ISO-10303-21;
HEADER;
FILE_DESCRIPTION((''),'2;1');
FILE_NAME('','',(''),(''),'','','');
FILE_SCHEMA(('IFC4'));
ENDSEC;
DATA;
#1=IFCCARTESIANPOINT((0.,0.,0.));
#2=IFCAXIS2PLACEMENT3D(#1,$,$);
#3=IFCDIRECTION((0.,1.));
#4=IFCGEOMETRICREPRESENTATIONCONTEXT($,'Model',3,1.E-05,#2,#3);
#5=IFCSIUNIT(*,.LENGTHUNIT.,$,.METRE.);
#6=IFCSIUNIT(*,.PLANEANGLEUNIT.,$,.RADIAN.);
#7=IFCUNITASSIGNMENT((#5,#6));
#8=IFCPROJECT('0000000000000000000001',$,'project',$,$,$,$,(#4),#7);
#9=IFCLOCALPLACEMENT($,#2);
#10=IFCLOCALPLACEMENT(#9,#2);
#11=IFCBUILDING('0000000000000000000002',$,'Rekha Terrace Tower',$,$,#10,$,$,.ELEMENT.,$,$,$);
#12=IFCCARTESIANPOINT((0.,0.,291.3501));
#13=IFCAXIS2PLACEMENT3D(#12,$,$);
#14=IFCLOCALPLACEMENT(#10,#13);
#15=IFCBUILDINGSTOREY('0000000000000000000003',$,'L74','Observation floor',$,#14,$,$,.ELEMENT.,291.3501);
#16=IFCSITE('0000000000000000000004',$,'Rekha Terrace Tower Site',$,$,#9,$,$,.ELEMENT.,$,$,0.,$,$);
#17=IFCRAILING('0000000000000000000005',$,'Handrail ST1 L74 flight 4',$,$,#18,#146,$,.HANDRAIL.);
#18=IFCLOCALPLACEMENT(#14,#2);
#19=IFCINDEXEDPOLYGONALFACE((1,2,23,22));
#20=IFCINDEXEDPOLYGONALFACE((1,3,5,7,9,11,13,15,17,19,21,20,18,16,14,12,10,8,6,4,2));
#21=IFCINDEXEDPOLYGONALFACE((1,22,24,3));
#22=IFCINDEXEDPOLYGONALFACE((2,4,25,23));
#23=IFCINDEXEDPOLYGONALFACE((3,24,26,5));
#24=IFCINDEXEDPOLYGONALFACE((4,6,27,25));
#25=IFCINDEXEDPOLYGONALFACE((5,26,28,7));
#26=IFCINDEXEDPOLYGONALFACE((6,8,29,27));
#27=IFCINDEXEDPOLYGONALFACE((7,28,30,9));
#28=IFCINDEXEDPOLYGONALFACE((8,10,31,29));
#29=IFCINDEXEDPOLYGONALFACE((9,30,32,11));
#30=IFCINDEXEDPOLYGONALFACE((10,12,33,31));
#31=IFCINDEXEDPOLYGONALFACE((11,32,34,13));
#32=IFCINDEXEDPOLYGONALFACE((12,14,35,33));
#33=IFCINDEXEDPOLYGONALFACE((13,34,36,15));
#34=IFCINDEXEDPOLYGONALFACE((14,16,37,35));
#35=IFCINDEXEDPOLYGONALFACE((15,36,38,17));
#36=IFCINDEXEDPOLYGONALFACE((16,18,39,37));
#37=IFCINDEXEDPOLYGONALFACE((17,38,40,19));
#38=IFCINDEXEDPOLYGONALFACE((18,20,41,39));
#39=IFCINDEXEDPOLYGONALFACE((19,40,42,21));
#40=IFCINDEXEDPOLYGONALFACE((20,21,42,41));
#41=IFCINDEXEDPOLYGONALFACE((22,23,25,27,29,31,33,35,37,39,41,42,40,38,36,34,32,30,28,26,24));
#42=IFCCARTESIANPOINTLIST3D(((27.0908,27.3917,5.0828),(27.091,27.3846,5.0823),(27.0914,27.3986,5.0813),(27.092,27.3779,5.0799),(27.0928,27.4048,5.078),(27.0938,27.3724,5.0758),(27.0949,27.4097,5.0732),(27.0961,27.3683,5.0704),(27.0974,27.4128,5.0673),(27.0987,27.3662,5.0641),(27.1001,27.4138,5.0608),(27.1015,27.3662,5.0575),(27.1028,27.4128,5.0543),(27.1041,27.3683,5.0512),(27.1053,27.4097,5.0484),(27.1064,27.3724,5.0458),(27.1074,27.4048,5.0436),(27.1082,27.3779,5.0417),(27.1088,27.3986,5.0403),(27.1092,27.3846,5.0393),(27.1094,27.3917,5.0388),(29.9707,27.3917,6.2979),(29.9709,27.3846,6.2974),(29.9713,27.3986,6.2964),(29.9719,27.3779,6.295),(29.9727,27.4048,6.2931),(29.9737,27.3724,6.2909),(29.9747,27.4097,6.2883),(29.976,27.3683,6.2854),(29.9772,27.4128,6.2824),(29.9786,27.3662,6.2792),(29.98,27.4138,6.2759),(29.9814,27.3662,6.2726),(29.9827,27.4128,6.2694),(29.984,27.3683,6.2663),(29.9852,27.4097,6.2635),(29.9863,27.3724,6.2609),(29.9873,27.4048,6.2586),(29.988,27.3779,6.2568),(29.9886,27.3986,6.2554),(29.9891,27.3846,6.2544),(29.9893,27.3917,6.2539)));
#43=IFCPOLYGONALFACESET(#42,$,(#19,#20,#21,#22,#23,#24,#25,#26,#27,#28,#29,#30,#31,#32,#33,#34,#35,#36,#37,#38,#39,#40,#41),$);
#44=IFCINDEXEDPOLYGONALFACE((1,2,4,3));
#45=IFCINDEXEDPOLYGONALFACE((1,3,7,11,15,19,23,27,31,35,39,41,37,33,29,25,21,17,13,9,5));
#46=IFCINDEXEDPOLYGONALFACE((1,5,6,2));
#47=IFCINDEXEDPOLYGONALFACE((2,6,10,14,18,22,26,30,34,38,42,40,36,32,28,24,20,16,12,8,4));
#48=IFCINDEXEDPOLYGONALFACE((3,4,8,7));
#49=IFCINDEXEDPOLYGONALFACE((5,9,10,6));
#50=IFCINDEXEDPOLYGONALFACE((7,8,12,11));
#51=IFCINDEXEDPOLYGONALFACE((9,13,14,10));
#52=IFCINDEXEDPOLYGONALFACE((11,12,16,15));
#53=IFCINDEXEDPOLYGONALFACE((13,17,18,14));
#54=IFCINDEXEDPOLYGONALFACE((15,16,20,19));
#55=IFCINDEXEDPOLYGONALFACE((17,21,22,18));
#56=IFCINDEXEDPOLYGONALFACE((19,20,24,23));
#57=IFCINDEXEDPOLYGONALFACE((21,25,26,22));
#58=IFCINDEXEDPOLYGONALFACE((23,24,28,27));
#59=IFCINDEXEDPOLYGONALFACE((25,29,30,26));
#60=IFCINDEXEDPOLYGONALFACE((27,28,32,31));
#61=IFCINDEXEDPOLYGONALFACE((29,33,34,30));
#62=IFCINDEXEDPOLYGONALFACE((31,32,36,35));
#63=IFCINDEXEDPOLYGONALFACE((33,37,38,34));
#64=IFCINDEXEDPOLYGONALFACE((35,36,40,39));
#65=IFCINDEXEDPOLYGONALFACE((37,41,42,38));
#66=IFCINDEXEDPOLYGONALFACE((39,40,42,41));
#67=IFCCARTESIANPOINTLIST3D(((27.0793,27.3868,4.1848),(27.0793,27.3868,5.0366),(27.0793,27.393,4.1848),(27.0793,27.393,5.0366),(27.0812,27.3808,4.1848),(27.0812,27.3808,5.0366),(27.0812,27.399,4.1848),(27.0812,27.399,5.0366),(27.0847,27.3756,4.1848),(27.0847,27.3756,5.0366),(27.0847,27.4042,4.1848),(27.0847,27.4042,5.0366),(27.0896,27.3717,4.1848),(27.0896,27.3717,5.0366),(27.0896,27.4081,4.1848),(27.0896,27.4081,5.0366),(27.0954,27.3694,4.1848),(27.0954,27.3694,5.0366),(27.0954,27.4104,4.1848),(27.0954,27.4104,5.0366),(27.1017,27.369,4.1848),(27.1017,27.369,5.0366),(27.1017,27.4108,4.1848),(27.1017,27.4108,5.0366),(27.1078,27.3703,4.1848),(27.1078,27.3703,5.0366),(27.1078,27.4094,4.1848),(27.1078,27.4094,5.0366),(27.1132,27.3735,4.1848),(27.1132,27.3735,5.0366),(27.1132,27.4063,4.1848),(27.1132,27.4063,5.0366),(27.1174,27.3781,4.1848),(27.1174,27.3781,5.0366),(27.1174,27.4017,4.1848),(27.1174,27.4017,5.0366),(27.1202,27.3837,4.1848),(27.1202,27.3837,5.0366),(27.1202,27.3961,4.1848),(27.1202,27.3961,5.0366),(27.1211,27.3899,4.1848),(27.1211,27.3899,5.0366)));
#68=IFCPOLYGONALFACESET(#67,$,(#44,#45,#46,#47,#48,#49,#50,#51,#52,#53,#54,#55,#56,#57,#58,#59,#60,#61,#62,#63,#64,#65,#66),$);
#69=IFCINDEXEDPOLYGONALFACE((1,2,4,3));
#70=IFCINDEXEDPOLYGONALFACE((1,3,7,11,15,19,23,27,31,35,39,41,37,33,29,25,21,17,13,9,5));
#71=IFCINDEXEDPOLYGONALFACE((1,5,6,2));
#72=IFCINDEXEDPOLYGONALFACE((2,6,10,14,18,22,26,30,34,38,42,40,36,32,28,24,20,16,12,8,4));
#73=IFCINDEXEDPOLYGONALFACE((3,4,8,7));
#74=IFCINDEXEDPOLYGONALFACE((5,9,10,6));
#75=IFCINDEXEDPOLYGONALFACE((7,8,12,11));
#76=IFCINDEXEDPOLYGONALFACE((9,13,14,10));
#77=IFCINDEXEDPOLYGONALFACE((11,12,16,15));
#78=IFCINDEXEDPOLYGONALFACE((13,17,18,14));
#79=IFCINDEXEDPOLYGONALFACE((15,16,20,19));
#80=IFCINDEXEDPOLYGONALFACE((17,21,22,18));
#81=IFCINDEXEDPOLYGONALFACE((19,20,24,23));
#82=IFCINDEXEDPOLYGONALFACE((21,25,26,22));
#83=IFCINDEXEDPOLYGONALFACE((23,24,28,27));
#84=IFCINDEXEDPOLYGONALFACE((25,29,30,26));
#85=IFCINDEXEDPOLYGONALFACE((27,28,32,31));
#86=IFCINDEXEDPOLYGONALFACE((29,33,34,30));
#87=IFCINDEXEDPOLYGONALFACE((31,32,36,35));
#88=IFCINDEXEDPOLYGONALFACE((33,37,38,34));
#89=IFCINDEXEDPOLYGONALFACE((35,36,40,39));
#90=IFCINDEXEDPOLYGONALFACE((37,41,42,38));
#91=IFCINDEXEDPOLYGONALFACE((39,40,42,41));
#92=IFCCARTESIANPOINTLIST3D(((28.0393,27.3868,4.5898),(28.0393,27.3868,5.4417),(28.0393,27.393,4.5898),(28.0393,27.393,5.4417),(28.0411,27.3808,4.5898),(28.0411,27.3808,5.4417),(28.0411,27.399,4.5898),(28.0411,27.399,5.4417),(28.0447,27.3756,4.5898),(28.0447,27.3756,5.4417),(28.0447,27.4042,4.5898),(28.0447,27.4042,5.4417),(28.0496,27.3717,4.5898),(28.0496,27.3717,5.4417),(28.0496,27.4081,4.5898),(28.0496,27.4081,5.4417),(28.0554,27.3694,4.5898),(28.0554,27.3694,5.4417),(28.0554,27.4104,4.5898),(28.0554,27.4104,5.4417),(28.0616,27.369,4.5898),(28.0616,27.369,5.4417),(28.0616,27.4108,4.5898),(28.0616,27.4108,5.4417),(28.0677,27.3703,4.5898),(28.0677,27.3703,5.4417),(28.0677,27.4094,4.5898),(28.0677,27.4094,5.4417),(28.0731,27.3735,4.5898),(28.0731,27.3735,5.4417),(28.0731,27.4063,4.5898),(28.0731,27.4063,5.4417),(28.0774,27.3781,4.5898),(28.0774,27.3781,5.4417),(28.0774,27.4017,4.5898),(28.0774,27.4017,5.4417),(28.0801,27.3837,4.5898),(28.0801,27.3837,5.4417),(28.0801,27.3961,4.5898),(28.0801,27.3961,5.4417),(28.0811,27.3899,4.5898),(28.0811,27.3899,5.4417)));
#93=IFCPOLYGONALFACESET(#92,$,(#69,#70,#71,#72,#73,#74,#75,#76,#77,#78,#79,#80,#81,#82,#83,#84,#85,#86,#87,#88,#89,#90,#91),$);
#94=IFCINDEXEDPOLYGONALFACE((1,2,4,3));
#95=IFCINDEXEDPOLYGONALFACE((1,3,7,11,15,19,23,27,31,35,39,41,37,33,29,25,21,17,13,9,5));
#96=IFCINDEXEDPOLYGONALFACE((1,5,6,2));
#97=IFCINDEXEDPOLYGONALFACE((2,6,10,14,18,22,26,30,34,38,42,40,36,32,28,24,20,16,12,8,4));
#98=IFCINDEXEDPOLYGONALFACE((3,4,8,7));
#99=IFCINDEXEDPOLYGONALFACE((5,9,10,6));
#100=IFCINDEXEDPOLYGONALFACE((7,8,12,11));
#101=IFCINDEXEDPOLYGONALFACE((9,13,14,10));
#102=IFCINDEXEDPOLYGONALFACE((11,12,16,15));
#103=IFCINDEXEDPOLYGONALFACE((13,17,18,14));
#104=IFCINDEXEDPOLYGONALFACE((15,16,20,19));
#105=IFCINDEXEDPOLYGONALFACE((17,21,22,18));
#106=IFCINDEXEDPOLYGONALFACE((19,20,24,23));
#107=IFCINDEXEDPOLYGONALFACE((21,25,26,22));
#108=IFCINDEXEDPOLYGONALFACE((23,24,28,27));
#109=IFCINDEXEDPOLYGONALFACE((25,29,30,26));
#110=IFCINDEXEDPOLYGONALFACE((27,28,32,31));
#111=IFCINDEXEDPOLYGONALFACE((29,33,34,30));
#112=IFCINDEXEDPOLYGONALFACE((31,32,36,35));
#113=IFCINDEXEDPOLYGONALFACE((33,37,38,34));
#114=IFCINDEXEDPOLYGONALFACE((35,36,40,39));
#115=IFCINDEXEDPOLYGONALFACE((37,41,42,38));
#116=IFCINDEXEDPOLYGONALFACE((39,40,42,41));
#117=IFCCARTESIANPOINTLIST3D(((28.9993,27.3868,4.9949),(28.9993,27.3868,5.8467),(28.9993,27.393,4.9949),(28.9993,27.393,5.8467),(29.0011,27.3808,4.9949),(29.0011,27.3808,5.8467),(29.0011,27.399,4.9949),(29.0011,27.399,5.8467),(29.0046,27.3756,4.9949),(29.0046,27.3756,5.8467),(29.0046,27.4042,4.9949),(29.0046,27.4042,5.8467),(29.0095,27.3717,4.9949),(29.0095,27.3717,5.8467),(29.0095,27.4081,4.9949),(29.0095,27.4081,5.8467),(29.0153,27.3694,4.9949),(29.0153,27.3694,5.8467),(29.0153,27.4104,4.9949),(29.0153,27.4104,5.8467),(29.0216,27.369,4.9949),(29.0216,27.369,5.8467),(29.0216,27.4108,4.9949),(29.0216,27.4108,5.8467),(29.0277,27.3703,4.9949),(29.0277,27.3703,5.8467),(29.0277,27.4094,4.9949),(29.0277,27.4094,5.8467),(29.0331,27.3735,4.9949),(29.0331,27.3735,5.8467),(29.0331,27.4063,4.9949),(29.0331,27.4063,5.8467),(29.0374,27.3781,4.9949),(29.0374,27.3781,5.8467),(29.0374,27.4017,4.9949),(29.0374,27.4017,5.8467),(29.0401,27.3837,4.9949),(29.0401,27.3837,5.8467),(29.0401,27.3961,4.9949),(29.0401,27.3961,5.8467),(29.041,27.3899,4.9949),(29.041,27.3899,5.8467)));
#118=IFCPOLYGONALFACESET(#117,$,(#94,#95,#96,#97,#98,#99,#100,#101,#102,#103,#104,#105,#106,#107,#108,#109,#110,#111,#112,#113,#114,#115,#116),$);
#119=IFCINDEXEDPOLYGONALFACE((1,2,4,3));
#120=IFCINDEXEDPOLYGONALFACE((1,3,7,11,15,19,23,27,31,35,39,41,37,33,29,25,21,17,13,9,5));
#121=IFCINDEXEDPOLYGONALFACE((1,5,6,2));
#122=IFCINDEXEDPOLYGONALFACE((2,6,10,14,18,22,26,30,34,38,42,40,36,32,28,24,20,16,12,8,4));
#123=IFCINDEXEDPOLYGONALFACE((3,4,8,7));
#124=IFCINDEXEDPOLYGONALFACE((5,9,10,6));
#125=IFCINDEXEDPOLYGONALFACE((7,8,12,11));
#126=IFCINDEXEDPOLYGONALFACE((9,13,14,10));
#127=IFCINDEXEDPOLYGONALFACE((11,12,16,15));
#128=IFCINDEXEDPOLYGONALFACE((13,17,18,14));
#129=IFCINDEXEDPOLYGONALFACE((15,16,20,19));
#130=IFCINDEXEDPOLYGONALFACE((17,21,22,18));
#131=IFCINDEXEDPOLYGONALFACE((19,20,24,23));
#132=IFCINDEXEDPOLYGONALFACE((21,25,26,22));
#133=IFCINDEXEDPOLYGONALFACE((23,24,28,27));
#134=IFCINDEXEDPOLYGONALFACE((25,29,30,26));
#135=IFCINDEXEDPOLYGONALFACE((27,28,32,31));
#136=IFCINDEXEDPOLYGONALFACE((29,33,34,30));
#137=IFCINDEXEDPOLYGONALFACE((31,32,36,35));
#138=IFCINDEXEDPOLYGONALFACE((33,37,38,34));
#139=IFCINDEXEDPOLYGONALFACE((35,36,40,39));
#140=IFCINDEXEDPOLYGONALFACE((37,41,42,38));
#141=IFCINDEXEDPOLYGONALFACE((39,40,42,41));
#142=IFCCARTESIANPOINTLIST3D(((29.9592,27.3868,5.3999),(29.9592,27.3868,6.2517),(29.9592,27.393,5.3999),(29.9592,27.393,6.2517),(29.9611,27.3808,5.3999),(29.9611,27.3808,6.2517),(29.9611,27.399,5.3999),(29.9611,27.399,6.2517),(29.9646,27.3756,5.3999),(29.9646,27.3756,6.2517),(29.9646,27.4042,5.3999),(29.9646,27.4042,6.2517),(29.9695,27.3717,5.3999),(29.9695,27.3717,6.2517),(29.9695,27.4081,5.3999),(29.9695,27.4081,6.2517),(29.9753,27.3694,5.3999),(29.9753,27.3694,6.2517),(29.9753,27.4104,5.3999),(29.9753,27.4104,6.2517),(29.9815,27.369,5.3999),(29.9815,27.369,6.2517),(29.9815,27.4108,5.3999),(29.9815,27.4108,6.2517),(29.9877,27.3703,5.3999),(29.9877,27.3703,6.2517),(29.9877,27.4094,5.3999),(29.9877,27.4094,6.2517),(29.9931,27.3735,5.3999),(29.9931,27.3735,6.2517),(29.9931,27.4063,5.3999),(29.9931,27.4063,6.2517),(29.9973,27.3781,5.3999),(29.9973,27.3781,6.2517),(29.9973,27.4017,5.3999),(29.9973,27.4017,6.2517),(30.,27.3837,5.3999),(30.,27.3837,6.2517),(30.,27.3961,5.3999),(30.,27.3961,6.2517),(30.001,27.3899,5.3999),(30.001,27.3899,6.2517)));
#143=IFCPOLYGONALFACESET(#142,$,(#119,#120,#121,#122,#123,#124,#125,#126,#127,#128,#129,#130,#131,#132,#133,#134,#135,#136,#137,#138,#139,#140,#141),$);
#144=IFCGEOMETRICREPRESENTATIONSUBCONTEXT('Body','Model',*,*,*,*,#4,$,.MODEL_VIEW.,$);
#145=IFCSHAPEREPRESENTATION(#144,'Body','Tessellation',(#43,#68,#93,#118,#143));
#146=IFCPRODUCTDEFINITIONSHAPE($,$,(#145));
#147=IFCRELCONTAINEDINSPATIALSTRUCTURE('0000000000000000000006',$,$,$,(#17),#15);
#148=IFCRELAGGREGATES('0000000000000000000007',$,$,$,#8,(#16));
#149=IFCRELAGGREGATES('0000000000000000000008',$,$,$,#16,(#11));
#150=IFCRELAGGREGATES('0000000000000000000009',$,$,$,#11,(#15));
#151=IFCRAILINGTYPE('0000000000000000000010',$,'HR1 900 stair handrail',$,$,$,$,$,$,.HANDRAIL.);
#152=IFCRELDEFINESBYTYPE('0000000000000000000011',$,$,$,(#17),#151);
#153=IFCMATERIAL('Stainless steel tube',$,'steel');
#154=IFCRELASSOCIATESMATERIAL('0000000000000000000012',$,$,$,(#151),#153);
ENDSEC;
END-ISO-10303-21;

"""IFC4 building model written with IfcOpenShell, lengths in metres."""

from ifc_helpers import new_model, si_unit, direction, frame, origin, origin_2d, place, context, subcontext, project, spatial, circle, extrude, material, type_object, element, save


model = new_model("IFC4")

# Units and contexts
model_context = context("Model", 3, precision=1e-05, world=origin(), true_north=direction((0.0, 1.0)))
body_context = subcontext(model_context, "Body", "Model", "MODEL_VIEW")
ifc_project = project(units=[si_unit("LENGTHUNIT", "METRE"), si_unit("PLANEANGLEUNIT", "RADIAN")], contexts=[model_context])

# Site, building, storey
site_placement = place(None, origin())
site = spatial("IfcSite", under=ifc_project, at=site_placement, Name="Rekha Terrace Tower Site", CompositionType="ELEMENT", RefElevation=0.0)
building_placement = place(site_placement, origin())
building = spatial("IfcBuilding", under=site, at=building_placement, Name="Rekha Terrace Tower", CompositionType="ELEMENT")
storey_placement = place(building_placement, frame((0.0, 0.0, 291.3501)))
storey = spatial("IfcBuildingStorey", under=building, at=storey_placement, Name="L74", Description="Observation floor", CompositionType="ELEMENT", Elevation=291.3501)

# Railing
ifc_material_1 = material(Name="Stainless steel tube", Category="steel")
railing_type_1 = type_object("IfcRailingType", Name="HR1 900 stair handrail", PredefinedType="HANDRAIL", material=ifc_material_1)
railing_1_placement = place(storey_placement, frame((27.1001, 27.3899, 4.1848)))
element("IfcRailing", 1, at=railing_1_placement, inside=storey, type_object=railing_type_1, Name="Handrail ST1 L74 flight 4", PredefinedType="HANDRAIL", context=body_context, shape_type="SweptSolid", body=[
    extrude(circle(Radius=0.0239, at=origin_2d()), frame((0.0, 0.0, 0.876), z_axis=(0.921348, 0.0, 0.388738), x_axis=(0.0, 1.0, 0.0)), (0.0, 0.0, 1.0), 3.1257),
    extrude(circle(Radius=0.021, at=origin_2d()), origin(), (0.0, 0.0, 1.0), 0.8518),
    extrude(circle(Radius=0.021, at=origin_2d()), frame((0.96, 0.0, 0.405)), (0.0, 0.0, 1.0), 0.8518),
    extrude(circle(Radius=0.021, at=origin_2d()), frame((1.9199, 0.0, 0.8101)), (0.0, 0.0, 1.0), 0.8518),
    extrude(circle(Radius=0.021, at=origin_2d()), frame((2.8799, 0.0, 1.2151)), (0.0, 0.0, 1.0), 0.8518),
])

save(model, "model.ifc")
